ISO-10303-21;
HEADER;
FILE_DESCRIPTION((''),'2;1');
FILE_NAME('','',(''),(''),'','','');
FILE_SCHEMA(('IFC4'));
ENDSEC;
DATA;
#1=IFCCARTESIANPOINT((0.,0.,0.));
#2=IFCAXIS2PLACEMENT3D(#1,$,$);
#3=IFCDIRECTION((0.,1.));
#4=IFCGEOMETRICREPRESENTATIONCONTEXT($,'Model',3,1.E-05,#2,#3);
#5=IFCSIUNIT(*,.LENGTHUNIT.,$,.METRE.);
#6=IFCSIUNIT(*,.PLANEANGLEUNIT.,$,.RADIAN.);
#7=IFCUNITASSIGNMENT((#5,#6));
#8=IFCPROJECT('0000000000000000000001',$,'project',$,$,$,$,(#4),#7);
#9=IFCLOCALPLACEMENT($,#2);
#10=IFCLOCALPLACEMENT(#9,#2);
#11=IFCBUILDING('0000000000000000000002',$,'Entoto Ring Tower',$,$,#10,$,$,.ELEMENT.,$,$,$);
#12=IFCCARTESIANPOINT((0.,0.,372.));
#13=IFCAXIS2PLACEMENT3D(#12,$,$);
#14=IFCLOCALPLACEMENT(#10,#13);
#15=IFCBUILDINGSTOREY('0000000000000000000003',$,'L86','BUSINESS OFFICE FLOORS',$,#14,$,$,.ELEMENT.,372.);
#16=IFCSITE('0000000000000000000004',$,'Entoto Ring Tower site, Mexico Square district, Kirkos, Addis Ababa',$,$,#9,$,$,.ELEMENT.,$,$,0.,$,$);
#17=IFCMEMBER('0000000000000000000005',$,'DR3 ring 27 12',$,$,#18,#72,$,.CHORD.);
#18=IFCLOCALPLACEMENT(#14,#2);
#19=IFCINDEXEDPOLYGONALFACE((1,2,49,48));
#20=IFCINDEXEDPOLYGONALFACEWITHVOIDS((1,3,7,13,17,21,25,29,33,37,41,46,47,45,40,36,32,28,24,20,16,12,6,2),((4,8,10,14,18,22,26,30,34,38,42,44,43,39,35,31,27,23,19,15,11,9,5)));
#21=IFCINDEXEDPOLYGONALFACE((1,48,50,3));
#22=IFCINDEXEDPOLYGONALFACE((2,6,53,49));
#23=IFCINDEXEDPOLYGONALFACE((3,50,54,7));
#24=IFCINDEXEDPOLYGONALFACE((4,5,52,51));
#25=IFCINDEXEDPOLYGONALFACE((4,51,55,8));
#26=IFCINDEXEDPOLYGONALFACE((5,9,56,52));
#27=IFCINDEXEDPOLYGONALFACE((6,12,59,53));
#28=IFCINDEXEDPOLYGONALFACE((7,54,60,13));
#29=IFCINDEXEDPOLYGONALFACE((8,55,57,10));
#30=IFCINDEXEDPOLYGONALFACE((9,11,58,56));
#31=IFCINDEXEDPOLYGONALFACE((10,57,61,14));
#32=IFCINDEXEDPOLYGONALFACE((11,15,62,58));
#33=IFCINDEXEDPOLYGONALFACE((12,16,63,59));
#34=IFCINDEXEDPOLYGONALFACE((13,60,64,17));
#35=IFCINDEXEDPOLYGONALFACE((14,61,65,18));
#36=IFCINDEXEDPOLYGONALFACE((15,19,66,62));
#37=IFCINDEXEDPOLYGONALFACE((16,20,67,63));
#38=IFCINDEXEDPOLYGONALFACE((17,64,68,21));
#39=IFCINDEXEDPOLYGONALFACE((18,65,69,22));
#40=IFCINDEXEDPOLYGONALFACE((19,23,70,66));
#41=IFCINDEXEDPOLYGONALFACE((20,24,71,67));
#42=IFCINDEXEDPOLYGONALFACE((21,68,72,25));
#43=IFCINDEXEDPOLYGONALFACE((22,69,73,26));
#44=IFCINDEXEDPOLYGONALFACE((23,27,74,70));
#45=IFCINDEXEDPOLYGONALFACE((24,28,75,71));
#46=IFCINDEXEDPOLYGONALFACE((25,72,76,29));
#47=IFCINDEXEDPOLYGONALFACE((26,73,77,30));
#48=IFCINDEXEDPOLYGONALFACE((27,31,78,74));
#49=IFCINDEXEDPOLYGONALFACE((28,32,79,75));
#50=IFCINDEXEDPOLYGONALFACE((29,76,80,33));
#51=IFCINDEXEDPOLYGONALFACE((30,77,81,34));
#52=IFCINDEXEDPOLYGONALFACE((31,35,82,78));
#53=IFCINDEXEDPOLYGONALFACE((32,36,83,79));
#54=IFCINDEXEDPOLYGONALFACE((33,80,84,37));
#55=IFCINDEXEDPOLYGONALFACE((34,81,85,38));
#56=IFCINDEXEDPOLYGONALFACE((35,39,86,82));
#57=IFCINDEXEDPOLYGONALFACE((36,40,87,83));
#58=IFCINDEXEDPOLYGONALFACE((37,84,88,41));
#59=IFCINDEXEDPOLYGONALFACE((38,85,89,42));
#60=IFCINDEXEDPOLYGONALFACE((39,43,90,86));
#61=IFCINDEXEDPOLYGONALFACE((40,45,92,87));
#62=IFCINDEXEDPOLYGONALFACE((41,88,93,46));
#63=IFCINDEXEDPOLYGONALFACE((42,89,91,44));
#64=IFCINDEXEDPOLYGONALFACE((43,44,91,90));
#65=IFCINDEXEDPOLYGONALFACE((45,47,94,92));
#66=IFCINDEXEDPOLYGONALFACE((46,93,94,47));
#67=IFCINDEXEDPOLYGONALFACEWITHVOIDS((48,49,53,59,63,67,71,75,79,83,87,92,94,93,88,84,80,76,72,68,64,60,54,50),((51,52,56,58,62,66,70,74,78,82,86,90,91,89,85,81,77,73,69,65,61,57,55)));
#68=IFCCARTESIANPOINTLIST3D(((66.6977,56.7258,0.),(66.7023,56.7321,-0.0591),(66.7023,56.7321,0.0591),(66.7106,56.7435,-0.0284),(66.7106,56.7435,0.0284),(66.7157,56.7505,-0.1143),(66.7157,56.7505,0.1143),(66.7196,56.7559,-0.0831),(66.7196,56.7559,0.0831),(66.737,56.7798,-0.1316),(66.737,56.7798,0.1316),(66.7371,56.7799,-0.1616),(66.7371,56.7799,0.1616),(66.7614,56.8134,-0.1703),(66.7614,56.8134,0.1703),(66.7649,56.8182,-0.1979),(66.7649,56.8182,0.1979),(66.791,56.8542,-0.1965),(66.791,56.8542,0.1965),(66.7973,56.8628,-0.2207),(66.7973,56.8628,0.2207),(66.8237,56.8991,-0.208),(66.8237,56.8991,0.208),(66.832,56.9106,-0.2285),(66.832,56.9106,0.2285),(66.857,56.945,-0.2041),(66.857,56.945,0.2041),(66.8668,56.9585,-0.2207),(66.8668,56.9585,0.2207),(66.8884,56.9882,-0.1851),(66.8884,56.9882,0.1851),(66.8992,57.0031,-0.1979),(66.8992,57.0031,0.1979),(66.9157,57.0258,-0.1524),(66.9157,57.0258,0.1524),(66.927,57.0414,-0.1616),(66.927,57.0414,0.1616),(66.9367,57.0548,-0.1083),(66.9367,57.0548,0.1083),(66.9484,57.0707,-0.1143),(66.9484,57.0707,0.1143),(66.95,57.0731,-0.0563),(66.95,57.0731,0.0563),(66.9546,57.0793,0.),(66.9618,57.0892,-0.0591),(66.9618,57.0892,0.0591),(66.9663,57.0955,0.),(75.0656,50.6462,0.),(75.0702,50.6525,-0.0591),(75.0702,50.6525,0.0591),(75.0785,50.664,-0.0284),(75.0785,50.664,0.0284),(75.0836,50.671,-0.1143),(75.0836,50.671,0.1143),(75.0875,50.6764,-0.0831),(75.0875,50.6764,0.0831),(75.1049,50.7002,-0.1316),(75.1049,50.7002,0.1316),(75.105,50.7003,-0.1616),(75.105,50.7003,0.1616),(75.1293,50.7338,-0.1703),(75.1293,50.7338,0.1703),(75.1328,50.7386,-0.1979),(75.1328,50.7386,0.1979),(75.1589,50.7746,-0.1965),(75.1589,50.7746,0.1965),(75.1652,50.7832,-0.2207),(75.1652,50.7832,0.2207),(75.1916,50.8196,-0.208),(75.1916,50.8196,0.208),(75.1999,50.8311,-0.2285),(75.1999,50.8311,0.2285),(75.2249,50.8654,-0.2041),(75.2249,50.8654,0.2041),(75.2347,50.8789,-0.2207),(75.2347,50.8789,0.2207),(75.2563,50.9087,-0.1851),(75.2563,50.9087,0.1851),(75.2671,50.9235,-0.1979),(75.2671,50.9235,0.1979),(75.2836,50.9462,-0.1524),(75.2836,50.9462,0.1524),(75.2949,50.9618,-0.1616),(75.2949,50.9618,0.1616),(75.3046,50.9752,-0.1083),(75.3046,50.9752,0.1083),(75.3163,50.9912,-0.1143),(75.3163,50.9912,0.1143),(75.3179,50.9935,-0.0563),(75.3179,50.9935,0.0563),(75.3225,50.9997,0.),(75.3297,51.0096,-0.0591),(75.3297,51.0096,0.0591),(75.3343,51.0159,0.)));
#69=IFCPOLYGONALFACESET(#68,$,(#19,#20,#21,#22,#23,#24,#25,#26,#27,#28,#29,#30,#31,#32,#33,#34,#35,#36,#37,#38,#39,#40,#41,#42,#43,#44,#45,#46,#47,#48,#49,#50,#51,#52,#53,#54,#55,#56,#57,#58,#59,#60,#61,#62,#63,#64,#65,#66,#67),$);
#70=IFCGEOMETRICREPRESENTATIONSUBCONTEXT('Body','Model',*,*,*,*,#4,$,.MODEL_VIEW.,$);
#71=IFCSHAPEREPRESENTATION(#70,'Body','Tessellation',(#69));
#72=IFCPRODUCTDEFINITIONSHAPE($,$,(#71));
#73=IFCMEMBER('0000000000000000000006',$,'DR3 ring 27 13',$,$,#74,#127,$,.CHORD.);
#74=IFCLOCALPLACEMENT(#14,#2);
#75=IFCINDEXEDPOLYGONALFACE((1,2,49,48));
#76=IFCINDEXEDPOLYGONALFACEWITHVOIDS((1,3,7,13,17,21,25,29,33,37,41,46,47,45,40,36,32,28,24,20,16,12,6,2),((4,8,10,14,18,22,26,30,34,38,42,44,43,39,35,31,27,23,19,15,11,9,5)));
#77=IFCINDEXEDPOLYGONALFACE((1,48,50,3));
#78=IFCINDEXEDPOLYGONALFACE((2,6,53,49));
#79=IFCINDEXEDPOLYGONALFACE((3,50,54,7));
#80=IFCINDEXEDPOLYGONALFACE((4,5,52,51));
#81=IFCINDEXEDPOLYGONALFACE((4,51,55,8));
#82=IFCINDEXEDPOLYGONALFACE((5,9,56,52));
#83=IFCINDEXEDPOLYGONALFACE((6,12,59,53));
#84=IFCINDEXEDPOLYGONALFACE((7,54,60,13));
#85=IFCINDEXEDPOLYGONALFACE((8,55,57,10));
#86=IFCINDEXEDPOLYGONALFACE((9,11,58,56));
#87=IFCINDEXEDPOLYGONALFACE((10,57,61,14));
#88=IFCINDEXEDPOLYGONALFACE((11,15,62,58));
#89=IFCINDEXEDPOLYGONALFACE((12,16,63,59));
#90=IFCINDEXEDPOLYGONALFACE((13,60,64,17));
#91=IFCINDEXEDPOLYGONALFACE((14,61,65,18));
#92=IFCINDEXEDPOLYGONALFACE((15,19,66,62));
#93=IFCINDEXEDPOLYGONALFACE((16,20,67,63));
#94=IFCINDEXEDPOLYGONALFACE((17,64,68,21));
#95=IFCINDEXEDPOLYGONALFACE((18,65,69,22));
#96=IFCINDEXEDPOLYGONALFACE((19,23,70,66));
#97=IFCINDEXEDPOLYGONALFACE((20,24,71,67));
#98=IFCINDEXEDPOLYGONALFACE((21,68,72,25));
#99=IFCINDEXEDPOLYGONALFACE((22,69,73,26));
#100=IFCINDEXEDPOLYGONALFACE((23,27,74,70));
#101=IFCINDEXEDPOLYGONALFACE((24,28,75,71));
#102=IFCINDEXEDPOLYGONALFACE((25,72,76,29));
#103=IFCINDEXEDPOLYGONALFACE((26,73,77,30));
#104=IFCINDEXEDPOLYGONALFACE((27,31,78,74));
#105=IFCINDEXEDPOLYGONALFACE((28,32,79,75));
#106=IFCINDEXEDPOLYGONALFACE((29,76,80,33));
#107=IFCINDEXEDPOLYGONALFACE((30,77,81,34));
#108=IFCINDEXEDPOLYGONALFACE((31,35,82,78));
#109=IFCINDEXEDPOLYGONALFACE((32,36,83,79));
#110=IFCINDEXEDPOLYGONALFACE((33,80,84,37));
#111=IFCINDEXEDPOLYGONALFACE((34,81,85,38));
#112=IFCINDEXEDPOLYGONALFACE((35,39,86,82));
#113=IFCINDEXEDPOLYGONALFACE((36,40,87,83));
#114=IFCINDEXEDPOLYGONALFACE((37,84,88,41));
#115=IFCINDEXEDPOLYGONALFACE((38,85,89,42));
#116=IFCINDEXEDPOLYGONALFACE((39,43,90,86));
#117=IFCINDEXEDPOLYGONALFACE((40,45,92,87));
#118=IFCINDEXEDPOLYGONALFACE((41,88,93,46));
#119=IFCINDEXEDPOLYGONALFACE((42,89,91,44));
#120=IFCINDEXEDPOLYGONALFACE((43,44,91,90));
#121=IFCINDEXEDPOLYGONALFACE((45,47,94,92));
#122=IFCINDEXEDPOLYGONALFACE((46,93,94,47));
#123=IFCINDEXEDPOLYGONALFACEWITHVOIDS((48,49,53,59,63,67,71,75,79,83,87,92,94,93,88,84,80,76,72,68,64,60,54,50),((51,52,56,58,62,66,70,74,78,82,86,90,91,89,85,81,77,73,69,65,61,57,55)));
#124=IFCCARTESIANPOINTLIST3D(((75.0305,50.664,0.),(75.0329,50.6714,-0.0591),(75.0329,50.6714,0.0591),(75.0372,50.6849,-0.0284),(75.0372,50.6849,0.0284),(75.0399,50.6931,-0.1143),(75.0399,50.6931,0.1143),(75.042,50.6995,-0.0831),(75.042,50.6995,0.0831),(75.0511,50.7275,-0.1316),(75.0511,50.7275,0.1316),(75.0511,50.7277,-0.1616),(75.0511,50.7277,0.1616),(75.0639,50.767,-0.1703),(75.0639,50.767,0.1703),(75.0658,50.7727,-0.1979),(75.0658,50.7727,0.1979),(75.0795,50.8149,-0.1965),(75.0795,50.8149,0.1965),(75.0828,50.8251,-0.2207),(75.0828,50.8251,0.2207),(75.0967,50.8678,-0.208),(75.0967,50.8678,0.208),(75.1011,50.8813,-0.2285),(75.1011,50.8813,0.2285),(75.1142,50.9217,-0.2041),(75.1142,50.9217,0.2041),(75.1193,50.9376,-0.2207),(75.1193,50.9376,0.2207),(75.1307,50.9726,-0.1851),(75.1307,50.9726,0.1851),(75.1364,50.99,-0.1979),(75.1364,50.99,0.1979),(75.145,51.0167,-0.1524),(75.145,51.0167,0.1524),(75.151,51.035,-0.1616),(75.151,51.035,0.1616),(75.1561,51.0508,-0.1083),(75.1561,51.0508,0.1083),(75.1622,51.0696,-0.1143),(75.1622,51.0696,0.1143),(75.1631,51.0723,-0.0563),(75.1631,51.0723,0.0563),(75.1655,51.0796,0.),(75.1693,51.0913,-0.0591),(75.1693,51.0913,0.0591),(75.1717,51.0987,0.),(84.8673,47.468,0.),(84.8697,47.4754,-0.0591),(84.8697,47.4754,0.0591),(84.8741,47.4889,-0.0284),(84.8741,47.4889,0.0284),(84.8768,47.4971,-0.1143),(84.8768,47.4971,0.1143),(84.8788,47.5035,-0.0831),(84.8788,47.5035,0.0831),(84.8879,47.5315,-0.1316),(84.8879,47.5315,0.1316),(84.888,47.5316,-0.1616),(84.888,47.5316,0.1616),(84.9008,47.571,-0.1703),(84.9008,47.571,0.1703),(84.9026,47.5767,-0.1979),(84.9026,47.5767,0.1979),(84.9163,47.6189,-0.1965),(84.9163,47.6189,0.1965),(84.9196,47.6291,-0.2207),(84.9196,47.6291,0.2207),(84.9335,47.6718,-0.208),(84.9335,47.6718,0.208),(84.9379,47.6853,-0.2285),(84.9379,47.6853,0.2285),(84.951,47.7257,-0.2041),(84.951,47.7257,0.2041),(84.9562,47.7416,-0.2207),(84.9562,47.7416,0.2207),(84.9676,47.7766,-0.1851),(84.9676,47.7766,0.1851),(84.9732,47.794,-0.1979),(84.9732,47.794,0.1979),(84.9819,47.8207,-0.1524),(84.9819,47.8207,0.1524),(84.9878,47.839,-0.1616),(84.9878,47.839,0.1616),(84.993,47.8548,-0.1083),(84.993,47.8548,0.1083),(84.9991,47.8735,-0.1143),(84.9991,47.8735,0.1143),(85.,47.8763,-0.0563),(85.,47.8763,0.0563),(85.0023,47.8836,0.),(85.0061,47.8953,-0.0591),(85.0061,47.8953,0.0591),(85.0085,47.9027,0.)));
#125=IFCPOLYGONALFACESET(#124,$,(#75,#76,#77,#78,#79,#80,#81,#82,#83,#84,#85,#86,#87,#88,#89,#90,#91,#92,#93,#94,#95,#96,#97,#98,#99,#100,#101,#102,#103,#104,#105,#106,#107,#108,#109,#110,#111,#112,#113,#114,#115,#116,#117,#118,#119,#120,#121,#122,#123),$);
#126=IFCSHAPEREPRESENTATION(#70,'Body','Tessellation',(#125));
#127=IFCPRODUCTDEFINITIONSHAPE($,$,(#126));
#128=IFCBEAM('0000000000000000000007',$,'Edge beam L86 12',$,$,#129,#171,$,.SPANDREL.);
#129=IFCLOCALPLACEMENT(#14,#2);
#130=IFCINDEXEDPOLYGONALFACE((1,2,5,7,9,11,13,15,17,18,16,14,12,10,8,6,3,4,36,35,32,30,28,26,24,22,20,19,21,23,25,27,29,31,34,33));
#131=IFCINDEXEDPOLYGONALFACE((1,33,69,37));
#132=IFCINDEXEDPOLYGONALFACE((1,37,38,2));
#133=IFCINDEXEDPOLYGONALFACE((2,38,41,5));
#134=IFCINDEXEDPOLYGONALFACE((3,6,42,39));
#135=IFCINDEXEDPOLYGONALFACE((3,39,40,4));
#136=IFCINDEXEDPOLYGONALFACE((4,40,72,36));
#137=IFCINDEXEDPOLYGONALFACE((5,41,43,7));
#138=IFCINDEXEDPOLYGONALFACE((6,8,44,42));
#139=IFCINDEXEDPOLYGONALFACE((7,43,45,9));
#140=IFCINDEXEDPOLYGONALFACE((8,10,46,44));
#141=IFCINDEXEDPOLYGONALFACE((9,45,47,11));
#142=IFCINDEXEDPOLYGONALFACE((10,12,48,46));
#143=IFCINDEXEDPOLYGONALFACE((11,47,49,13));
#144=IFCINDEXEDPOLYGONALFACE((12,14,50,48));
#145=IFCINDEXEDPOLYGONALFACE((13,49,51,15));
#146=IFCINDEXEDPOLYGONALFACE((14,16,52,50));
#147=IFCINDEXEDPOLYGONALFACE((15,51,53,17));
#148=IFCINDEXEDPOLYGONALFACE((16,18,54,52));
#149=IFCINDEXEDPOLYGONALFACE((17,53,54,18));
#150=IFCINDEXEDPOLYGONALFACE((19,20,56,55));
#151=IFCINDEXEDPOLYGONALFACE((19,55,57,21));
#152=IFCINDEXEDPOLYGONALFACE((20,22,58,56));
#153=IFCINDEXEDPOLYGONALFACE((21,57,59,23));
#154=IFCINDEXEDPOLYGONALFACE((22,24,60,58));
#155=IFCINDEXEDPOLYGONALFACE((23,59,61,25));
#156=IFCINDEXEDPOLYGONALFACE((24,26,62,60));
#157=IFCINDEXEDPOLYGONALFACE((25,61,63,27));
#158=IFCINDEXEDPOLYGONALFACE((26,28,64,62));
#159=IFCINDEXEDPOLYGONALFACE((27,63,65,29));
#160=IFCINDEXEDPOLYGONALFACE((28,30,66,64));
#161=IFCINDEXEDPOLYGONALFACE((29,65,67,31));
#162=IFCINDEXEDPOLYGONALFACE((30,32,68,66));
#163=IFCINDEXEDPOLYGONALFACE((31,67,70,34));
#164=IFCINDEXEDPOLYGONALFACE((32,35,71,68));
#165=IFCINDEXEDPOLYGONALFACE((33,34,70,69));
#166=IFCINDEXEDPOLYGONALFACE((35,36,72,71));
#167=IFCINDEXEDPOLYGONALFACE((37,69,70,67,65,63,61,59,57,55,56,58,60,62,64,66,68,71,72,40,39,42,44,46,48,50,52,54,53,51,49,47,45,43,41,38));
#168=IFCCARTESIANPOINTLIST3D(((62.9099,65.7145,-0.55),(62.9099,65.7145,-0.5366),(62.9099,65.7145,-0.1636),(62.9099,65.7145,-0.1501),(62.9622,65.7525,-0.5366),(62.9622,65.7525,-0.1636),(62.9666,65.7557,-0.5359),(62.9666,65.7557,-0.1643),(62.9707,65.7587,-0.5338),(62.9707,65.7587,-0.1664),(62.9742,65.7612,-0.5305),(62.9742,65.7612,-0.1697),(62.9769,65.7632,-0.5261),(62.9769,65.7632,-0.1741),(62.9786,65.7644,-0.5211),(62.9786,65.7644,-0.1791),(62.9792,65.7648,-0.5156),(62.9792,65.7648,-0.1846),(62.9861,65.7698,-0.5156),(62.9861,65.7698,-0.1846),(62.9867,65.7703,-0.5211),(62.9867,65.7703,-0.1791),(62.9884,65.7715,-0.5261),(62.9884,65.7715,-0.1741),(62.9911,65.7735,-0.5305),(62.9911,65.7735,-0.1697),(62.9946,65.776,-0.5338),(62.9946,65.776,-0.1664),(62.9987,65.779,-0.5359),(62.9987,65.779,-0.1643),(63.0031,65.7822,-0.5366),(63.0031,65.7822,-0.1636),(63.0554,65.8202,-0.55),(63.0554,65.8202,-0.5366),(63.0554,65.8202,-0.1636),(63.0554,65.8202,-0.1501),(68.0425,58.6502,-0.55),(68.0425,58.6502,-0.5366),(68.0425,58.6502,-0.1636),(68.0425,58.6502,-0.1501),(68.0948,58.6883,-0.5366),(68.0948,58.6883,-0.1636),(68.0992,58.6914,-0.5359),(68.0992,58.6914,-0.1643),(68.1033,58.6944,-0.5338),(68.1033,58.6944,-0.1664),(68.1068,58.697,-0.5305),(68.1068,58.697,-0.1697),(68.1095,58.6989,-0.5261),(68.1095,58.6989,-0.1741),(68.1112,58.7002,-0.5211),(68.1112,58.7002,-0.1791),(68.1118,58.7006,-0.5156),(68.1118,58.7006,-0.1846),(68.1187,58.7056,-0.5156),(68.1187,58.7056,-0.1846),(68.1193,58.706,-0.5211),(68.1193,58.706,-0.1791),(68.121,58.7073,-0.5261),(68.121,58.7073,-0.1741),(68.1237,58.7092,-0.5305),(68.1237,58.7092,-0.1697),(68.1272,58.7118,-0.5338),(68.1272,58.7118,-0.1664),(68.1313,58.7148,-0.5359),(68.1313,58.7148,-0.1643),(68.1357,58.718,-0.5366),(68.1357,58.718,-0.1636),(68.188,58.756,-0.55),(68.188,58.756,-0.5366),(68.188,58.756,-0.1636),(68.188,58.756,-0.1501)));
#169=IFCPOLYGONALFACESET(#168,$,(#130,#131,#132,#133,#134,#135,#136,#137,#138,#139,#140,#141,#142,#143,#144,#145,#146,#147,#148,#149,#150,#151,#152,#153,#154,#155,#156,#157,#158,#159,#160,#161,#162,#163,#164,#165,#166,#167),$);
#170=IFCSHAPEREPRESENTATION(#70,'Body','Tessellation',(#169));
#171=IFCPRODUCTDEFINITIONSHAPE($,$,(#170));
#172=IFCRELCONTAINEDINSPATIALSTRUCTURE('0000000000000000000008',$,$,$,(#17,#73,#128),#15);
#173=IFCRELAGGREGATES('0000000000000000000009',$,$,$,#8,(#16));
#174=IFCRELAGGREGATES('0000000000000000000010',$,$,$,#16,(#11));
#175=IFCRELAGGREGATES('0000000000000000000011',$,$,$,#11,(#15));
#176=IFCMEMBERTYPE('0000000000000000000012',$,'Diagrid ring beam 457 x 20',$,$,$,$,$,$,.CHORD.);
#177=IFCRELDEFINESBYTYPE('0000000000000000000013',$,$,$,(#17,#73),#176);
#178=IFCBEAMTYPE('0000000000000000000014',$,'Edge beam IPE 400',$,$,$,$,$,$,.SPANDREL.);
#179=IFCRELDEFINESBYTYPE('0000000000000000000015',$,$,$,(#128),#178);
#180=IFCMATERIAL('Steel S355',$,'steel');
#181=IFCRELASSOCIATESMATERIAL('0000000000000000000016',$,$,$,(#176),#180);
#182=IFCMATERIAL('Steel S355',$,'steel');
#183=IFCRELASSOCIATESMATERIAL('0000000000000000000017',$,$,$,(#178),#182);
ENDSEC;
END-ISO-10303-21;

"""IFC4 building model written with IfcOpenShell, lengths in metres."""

from ifc_helpers import new_model, si_unit, direction, frame, origin, origin_2d, place, context, subcontext, project, spatial, circle, hollow_circle, i_section, extrude, material, material_profile, profile_set, type_object, element, save


model = new_model("IFC4")

# Units and contexts
model_context = context("Model", 3, precision=1e-05, world=origin(), true_north=direction((0.0, 1.0)))
body_context = subcontext(model_context, "Body", "Model", "MODEL_VIEW")
ifc_project = project(units=[si_unit("LENGTHUNIT", "METRE"), si_unit("PLANEANGLEUNIT", "RADIAN")], contexts=[model_context])

# Site, building, storey
site_placement = place(None, origin())
site = spatial("IfcSite", under=ifc_project, at=site_placement, Name="Entoto Ring Tower site, Mexico Square district, Kirkos, Addis Ababa", CompositionType="ELEMENT", RefElevation=0.0)
building_placement = place(site_placement, origin())
building = spatial("IfcBuilding", under=site, at=building_placement, Name="Entoto Ring Tower", CompositionType="ELEMENT")
storey_placement = place(building_placement, frame((0.0, 0.0, 372.0)))
storey = spatial("IfcBuildingStorey", under=building, at=storey_placement, Name="L86", Description="BUSINESS OFFICE FLOORS", CompositionType="ELEMENT", Elevation=372.0)

# Members
ifc_material_1 = material(Name="Steel S355", Category="steel")
ifc_material_profile_1 = material_profile(ifc_material_1, hollow_circle(Radius=0.2285, WallThickness=0.02, at=origin_2d()), Name="CHS 457 x 20")
ifc_material_2 = material(Name="Concrete C60/75", Category="concrete")
ifc_material_profile_2 = material_profile(ifc_material_2, circle(Radius=0.2085, at=origin_2d()), Name="Concrete C60/75 infill")
ifc_profile_set_1 = profile_set([ifc_material_profile_1, ifc_material_profile_2], Name="Steel S355")
member_type_1 = type_object("IfcMemberType", Name="Diagrid ring beam 457 x 20", PredefinedType="CHORD", material=ifc_profile_set_1)
member_1_placement = place(storey_placement, frame((66.832, 56.9106, 0.0), z_axis=(0.80902, -0.587781, 0.0), x_axis=(0.587781, 0.80902, 0.0)))
element("IfcMember", 1, at=member_1_placement, inside=storey, type_object=member_type_1, Name="DR3 ring 27 12", PredefinedType="CHORD", context=body_context, shape_type="SweptSolid", body=[
    extrude(hollow_circle(Radius=0.2285, WallThickness=0.02, at=origin_2d()), origin(), (0.0, 0.0, 1.0), 10.3433),
])
member_2_placement = place(storey_placement, frame((75.1011, 50.8813, 0.0), z_axis=(0.951061, -0.309003, 0.0), x_axis=(0.309003, 0.951061, 0.0)))
element("IfcMember", 2, at=member_2_placement, inside=storey, type_object=member_type_1, Name="DR3 ring 27 13", PredefinedType="CHORD", context=body_context, shape_type="SweptSolid", body=[
    extrude(hollow_circle(Radius=0.2285, WallThickness=0.02, at=origin_2d()), origin(), (0.0, 0.0, 1.0), 10.343),
])

# Beam
ifc_material_3 = material(Name="Steel S355", Category="steel")
ifc_material_profile_3 = material_profile(ifc_material_3, i_section(OverallWidth=0.1799, OverallDepth=0.3999, WebThickness=0.0085, FlangeThickness=0.0134, FilletRadius=0.021, at=origin_2d()), Name="IPE 400")
ifc_profile_set_2 = profile_set([ifc_material_profile_3], Name="Steel S355")
beam_type = type_object("IfcBeamType", Name="Edge beam IPE 400", PredefinedType="SPANDREL", material=ifc_profile_set_2)
for number, where, z_axis, x_axis, name in (
    (3, (62.9827, 65.7673, -0.3501), (0.587794, -0.80901, 0.0), (0.80901, 0.587794, 0.0), "Edge beam L86 12"),
):
    element("IfcBeam", number, at=place(storey_placement, frame(where, z_axis=z_axis, x_axis=x_axis)), inside=storey, type_object=beam_type, Name=name, PredefinedType="SPANDREL", context=body_context, shape_type="SweptSolid", body=[
        extrude(i_section(OverallWidth=0.1799, OverallDepth=0.3999, WebThickness=0.0085, FlangeThickness=0.0134, FilletRadius=0.021, at=origin_2d()), origin(), (0.0, 0.0, 1.0), 8.7319),
    ])

save(model, "model.ifc")
